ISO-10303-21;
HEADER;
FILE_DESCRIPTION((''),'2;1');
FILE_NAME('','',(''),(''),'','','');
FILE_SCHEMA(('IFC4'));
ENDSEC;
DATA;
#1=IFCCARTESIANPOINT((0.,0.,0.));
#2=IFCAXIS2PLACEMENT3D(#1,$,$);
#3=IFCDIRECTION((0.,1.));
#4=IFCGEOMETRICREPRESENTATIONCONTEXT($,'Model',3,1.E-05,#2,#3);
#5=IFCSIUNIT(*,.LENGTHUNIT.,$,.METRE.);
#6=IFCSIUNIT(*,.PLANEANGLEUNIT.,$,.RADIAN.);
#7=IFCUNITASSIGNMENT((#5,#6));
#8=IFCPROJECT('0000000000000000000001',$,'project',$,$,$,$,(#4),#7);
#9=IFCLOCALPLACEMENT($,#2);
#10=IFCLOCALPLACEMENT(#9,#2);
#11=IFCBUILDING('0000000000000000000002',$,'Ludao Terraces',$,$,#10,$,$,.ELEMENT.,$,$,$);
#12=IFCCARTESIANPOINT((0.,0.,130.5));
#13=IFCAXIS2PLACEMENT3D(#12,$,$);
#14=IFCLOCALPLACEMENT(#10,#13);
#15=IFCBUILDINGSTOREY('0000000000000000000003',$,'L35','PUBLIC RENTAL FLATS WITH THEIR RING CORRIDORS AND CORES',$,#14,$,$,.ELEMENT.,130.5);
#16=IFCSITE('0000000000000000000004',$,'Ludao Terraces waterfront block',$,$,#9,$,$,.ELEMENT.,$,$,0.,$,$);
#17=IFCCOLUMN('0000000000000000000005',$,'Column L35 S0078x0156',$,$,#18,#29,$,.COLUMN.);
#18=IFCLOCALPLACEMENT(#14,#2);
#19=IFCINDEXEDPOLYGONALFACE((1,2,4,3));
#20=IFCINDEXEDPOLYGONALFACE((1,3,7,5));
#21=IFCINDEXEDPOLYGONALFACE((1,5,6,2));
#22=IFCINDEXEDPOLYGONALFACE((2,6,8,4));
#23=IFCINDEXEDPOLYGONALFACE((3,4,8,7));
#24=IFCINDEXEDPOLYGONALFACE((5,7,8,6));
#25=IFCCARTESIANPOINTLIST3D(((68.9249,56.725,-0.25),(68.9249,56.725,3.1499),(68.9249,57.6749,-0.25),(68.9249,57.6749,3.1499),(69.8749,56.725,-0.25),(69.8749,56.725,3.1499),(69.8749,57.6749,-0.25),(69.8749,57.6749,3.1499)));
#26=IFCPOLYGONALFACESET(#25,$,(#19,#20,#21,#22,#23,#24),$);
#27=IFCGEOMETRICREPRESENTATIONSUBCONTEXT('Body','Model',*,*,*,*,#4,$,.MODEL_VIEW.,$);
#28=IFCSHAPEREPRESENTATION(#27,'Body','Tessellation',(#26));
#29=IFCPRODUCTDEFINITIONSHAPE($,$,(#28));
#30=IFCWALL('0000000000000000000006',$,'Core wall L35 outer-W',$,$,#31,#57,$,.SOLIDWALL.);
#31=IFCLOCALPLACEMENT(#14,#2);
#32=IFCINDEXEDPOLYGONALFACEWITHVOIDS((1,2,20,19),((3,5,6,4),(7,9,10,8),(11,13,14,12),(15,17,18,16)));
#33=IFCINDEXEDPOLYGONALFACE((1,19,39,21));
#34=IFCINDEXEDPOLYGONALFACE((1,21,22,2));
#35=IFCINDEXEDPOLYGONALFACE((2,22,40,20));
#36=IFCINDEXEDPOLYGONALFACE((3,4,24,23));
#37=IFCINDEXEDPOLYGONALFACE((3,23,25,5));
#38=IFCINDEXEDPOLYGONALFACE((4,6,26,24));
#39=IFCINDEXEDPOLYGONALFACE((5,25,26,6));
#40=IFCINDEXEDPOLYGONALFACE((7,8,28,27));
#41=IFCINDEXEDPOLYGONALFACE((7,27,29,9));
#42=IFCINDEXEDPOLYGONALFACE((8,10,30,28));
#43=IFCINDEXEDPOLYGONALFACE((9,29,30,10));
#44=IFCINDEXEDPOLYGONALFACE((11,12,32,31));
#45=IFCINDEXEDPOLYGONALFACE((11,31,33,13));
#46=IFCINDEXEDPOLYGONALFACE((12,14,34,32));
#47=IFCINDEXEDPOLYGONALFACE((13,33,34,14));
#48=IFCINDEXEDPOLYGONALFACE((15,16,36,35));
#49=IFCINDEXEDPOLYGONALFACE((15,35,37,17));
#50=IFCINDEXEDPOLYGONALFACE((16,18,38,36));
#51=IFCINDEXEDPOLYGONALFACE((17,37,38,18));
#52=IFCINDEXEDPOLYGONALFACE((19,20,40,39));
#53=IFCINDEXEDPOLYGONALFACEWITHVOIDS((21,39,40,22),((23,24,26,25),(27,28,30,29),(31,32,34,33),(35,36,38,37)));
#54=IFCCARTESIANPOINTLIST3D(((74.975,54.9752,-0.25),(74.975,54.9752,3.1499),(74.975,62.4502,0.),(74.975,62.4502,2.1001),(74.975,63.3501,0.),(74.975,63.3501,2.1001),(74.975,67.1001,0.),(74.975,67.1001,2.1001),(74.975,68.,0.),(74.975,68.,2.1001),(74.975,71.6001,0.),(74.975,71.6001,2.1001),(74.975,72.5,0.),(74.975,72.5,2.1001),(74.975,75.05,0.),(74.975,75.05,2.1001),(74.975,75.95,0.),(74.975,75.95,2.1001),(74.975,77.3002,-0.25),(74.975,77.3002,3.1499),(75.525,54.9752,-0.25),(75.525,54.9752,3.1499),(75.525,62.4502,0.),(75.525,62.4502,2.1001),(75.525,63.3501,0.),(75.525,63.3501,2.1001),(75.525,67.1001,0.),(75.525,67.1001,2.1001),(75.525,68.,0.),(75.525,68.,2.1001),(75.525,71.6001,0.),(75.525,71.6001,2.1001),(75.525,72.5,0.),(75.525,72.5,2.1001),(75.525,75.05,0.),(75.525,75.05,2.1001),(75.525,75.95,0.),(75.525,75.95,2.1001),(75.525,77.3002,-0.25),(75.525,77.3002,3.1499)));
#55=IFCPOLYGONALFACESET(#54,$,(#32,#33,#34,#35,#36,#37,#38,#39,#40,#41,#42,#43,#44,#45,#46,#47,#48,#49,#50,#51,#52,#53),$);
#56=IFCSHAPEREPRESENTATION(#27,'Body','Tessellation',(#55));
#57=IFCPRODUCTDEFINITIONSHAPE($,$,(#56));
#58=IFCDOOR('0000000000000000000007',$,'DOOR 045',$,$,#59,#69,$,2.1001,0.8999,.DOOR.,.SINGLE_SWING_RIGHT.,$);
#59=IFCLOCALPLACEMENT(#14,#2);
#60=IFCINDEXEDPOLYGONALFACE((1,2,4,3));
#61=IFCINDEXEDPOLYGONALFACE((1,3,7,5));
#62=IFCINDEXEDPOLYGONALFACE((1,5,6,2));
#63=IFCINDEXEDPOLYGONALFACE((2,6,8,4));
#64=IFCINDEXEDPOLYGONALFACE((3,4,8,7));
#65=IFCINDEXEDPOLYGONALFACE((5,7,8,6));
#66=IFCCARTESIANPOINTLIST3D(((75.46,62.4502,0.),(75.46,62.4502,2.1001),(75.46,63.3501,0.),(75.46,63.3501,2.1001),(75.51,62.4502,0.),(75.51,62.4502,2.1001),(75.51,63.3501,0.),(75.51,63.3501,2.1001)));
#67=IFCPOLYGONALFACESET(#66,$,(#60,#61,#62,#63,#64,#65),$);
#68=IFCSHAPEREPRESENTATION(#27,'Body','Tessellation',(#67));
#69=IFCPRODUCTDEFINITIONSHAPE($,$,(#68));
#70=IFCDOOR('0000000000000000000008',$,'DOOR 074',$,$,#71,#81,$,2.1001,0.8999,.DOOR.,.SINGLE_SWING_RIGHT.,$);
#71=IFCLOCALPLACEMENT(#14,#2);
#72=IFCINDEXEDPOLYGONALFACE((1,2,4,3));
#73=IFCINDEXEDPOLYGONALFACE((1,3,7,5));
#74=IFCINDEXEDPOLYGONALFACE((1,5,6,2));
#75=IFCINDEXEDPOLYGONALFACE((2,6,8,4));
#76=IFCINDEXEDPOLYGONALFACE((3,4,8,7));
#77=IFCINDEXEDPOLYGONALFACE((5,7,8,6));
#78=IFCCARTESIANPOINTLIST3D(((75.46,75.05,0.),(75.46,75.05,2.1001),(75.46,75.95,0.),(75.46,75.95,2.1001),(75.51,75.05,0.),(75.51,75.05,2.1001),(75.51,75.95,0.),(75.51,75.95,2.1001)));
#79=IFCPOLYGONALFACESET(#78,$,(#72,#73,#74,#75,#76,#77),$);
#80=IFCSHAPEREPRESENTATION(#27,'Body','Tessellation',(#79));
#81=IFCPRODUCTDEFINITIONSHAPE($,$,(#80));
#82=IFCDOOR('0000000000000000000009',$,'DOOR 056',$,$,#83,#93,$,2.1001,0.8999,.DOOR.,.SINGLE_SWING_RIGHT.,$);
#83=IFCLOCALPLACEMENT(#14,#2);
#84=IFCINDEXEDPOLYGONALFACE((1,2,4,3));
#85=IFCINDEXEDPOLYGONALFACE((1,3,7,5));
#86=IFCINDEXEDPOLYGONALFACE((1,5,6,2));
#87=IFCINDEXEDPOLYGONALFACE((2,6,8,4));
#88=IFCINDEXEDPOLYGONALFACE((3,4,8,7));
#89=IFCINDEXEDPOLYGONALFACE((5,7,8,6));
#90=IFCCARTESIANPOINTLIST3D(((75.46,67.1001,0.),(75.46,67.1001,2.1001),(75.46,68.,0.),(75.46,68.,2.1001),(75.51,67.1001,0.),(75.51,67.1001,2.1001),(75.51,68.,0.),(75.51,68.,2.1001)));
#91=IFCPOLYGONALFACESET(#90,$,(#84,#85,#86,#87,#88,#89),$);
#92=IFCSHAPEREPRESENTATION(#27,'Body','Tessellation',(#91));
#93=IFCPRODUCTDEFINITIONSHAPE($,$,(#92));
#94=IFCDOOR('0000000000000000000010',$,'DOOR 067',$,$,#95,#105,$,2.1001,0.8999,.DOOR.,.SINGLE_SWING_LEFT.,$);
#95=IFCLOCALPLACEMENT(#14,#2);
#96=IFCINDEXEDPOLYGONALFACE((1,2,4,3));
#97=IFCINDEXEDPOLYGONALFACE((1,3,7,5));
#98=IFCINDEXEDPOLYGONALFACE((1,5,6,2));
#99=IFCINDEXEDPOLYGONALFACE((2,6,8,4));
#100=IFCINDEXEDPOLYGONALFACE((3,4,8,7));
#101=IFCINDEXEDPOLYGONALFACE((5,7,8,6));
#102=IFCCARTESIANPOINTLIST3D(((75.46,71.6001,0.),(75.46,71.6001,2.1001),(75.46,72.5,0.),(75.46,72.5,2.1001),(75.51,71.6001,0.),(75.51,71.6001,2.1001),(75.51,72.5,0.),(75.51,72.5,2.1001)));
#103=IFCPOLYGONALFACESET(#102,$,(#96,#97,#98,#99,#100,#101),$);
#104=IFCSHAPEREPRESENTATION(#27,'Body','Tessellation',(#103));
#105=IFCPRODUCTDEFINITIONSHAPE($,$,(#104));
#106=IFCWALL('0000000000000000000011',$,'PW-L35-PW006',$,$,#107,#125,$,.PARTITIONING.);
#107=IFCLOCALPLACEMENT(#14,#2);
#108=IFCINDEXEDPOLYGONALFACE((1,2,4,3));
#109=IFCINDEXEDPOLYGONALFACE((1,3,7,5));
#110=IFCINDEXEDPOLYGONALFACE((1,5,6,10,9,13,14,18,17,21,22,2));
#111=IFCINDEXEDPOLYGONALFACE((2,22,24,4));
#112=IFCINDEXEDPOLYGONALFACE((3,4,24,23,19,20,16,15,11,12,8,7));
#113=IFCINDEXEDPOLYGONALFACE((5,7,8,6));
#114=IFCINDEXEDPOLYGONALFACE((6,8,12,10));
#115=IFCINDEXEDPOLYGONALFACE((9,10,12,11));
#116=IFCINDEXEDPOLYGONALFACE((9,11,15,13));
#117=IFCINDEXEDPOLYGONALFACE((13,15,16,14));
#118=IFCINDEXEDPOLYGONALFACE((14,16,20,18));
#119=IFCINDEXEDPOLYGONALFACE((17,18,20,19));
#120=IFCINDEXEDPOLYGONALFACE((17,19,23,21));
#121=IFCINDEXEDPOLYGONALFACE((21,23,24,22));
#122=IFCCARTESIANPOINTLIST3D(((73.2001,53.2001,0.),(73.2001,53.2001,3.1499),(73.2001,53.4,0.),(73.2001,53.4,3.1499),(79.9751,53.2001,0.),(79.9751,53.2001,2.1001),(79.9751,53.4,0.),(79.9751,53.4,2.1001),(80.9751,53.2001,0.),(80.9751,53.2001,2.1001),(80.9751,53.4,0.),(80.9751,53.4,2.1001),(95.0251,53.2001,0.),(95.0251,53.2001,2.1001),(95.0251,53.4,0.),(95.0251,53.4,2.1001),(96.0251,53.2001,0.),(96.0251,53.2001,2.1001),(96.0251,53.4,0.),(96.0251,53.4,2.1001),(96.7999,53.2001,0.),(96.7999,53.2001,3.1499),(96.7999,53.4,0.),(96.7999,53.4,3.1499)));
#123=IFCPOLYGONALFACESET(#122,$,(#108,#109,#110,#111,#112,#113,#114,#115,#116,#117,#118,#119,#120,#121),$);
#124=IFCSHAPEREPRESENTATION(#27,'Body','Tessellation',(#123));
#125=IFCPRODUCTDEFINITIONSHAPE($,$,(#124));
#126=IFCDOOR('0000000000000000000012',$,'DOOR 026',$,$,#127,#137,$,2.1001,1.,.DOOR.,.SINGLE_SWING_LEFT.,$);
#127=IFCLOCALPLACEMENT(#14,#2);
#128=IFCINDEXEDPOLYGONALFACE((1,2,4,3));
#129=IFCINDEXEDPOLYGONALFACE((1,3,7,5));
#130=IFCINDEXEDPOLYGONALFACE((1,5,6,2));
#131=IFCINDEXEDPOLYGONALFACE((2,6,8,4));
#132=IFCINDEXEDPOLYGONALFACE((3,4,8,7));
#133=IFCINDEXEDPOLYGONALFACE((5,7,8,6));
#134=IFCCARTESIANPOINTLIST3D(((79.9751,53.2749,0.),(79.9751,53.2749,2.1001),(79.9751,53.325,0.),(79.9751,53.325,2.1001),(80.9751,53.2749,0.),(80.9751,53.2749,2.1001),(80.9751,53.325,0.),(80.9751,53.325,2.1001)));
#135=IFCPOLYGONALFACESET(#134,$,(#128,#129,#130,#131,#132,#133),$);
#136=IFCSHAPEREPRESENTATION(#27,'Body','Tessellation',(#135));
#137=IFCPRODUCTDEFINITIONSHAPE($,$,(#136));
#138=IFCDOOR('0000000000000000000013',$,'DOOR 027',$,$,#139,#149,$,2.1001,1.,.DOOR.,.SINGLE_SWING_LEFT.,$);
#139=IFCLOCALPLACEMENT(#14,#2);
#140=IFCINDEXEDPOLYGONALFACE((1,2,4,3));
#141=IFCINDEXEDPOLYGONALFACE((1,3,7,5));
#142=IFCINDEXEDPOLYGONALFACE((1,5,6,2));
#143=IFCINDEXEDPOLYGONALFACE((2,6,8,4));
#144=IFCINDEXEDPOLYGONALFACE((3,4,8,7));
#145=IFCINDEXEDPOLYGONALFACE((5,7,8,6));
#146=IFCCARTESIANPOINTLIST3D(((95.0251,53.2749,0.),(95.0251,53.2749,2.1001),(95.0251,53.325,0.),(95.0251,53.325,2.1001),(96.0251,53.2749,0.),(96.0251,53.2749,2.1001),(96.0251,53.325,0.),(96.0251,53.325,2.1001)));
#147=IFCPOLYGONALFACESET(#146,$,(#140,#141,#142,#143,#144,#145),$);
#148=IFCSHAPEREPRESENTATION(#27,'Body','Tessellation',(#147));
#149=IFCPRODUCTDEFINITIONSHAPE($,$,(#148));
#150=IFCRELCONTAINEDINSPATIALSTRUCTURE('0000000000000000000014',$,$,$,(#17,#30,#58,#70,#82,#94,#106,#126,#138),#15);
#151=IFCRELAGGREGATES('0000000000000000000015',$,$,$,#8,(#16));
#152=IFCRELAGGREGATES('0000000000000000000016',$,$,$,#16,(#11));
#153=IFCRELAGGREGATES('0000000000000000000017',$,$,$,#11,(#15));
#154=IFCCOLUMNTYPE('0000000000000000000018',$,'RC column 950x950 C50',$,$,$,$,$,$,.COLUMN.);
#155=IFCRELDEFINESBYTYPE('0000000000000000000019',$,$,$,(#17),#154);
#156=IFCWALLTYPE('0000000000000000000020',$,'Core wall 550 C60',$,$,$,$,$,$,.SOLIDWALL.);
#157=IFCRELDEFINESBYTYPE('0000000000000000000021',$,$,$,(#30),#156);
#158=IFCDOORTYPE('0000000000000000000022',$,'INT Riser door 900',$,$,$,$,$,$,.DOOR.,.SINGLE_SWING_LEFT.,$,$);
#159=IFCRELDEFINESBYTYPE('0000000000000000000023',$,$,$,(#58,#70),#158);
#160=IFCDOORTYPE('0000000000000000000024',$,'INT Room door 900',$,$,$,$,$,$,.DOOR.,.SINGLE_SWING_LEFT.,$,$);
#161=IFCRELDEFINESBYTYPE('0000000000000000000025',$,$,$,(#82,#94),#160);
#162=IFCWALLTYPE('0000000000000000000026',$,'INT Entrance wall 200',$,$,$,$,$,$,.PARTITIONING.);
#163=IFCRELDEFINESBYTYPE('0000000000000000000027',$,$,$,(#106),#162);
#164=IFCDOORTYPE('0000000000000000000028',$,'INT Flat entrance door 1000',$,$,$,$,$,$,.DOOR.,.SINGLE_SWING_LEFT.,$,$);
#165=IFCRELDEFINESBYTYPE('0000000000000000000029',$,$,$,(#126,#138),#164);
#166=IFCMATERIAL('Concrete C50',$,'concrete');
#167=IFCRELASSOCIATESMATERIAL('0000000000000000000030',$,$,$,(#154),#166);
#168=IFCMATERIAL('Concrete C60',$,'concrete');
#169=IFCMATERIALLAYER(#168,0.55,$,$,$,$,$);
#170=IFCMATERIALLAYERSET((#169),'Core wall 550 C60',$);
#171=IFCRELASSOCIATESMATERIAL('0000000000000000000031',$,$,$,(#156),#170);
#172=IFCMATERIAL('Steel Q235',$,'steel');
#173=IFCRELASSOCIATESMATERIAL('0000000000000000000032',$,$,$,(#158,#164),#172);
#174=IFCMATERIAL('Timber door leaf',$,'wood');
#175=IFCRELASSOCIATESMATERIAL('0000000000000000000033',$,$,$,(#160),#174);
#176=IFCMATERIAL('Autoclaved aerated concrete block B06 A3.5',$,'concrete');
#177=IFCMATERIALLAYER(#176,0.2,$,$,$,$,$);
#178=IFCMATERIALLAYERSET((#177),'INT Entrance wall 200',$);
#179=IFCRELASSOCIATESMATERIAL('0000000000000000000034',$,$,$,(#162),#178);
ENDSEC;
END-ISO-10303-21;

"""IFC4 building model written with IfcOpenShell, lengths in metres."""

from ifc_helpers import new_model, si_unit, direction, frame, frame_2d, origin, origin_2d, place, context, subcontext, project, spatial, rectangle, extrude, material, layer, layer_set, material_profile, profile_set, type_object, element, fill, save


model = new_model("IFC4")

# Units and contexts
model_context = context("Model", 3, precision=1e-05, world=origin(), true_north=direction((0.0, 1.0)))
body_context = subcontext(model_context, "Body", "Model", "MODEL_VIEW")
ifc_project = project(units=[si_unit("LENGTHUNIT", "METRE"), si_unit("PLANEANGLEUNIT", "RADIAN")], contexts=[model_context])

# Site, building, storey
site_placement = place(None, origin())
site = spatial("IfcSite", under=ifc_project, at=site_placement, Name="Ludao Terraces waterfront block", CompositionType="ELEMENT", RefElevation=0.0)
building_placement = place(site_placement, origin())
building = spatial("IfcBuilding", under=site, at=building_placement, Name="Ludao Terraces", CompositionType="ELEMENT")
storey_placement = place(building_placement, frame((0.0, 0.0, 130.5)))
storey = spatial("IfcBuildingStorey", under=building, at=storey_placement, Name="L35", Description="PUBLIC RENTAL FLATS WITH THEIR RING CORRIDORS AND CORES", CompositionType="ELEMENT", Elevation=130.5)

# Column
ifc_material_1 = material(Name="Concrete C50", Category="concrete")
ifc_material_profile = material_profile(ifc_material_1, rectangle(XDim=0.95, YDim=0.95, at=origin_2d()), Name="950 X 950")
ifc_profile_set = profile_set([ifc_material_profile], Name="Concrete C50")
column_type = type_object("IfcColumnType", Name="RC column 950x950 C50", PredefinedType="COLUMN", material=ifc_profile_set)
column_placement = place(storey_placement, frame((69.3999, 57.2, -0.25), z_axis=(0.0, 0.0, 1.0), x_axis=(1.0, 0.0, 0.0)))
element("IfcColumn", 1, at=column_placement, inside=storey, type_object=column_type, Name="Column L35 S0078x0156", PredefinedType="COLUMN", context=body_context, shape_type="SweptSolid", body=[
    extrude(rectangle(XDim=0.95, YDim=0.95, at=origin_2d()), origin(), (0.0, 0.0, 1.0), 3.3999),
])

# Walls, openings, doors
ifc_material_2 = material(Name="Concrete C60", Category="concrete")
ifc_layer_1 = layer(ifc_material_2, 0.55)
ifc_layer_set_1 = layer_set([ifc_layer_1], Name="Core wall 550 C60")
wall_type_1 = type_object("IfcWallType", Name="Core wall 550 C60", PredefinedType="SOLIDWALL", material=ifc_layer_set_1)
wall_1_placement = place(storey_placement, frame((75.25, 54.9751, -0.25), z_axis=(0.0, 0.0, 1.0), x_axis=(0.0, 1.0, 0.0)))
wall_1 = element("IfcWall", 2, at=wall_1_placement, inside=storey, type_object=wall_type_1, Name="Core wall L35 outer-W", PredefinedType="SOLIDWALL", context=body_context, shape_type="SweptSolid", body=[
    extrude(rectangle(XDim=22.325, YDim=0.55, at=frame_2d((11.1626, 0.0))), origin(), (0.0, 0.0, 1.0), 3.3999),
])
opening_1_placement = place(wall_1_placement, frame((7.4751, 0.0, 0.25)))
opening_1 = element("IfcOpeningElement", 3, at=opening_1_placement, cuts=wall_1, PredefinedType="OPENING", context=body_context, shape_type="SweptSolid", body=[
    extrude(rectangle(XDim=0.8999, YDim=2.1001, at=frame_2d((0.45, 1.05))), frame((0.0, 0.2852, 0.0), z_axis=(0.0, -1.0, 0.0), x_axis=(1.0, 0.0, 0.0)), (0.0, 0.0, 1.0), 0.5701),
])
opening_2_placement = place(wall_1_placement, frame((12.125, 0.0, 0.25)))
opening_2 = element("IfcOpeningElement", 4, at=opening_2_placement, cuts=wall_1, PredefinedType="OPENING", context=body_context, shape_type="SweptSolid", body=[
    extrude(rectangle(XDim=0.8999, YDim=2.1001, at=frame_2d((0.45, 1.05))), frame((0.0, 0.2852, 0.0), z_axis=(0.0, -1.0, 0.0), x_axis=(1.0, 0.0, 0.0)), (0.0, 0.0, 1.0), 0.5701),
])
opening_3_placement = place(wall_1_placement, frame((16.625, 0.0, 0.25)))
opening_3 = element("IfcOpeningElement", 5, at=opening_3_placement, cuts=wall_1, PredefinedType="OPENING", context=body_context, shape_type="SweptSolid", body=[
    extrude(rectangle(XDim=0.8999, YDim=2.1001, at=frame_2d((0.45, 1.05))), frame((0.0, 0.2852, 0.0), z_axis=(0.0, -1.0, 0.0), x_axis=(1.0, 0.0, 0.0)), (0.0, 0.0, 1.0), 0.5701),
])
opening_4_placement = place(wall_1_placement, frame((20.075, 0.0, 0.25)))
opening_4 = element("IfcOpeningElement", 6, at=opening_4_placement, cuts=wall_1, PredefinedType="OPENING", context=body_context, shape_type="SweptSolid", body=[
    extrude(rectangle(XDim=0.8999, YDim=2.1001, at=frame_2d((0.45, 1.05))), frame((0.0, 0.2852, 0.0), z_axis=(0.0, -1.0, 0.0), x_axis=(1.0, 0.0, 0.0)), (0.0, 0.0, 1.0), 0.5701),
])
ifc_material_3 = material(Name="Steel Q235", Category="steel")
door_type_1 = type_object("IfcDoorType", Name="INT Riser door 900", OperationType="SINGLE_SWING_LEFT", PredefinedType="DOOR", material=ifc_material_3)
door_1_placement = place(opening_1_placement, origin())
door_1 = element("IfcDoor", 7, at=door_1_placement, inside=storey, type_object=door_type_1, Name="DOOR 045", OperationType="SINGLE_SWING_RIGHT", OverallHeight=2.1001, OverallWidth=0.8999, PredefinedType="DOOR", context=body_context, shape_type="SweptSolid", body=[
    extrude(rectangle(XDim=0.8999, YDim=2.1001, at=frame_2d((0.45, 1.05))), frame((0.0, -0.21, 0.0), z_axis=(0.0, -1.0, 0.0), x_axis=(1.0, 0.0, 0.0)), (0.0, 0.0, 1.0), 0.05),
])
fill(opening_1, door_1)
door_2_placement = place(opening_4_placement, origin())
door_2 = element("IfcDoor", 8, at=door_2_placement, inside=storey, type_object=door_type_1, Name="DOOR 074", OperationType="SINGLE_SWING_RIGHT", OverallHeight=2.1001, OverallWidth=0.8999, PredefinedType="DOOR", context=body_context, shape_type="SweptSolid", body=[
    extrude(rectangle(XDim=0.8999, YDim=2.1001, at=frame_2d((0.45, 1.05))), frame((0.0, -0.21, 0.0), z_axis=(0.0, -1.0, 0.0), x_axis=(1.0, 0.0, 0.0)), (0.0, 0.0, 1.0), 0.05),
])
fill(opening_4, door_2)
ifc_material_4 = material(Name="Timber door leaf", Category="wood")
door_type_2 = type_object("IfcDoorType", Name="INT Room door 900", OperationType="SINGLE_SWING_LEFT", PredefinedType="DOOR", material=ifc_material_4)
door_3_placement = place(opening_2_placement, origin())
door_3 = element("IfcDoor", 9, at=door_3_placement, inside=storey, type_object=door_type_2, Name="DOOR 056", OperationType="SINGLE_SWING_RIGHT", OverallHeight=2.1001, OverallWidth=0.8999, PredefinedType="DOOR", context=body_context, shape_type="SweptSolid", body=[
    extrude(rectangle(XDim=0.8999, YDim=2.1001, at=frame_2d((0.45, 1.05))), frame((0.0, -0.21, 0.0), z_axis=(0.0, -1.0, 0.0), x_axis=(1.0, 0.0, 0.0)), (0.0, 0.0, 1.0), 0.05),
])
fill(opening_2, door_3)
door_4_placement = place(opening_3_placement, origin())
door_4 = element("IfcDoor", 10, at=door_4_placement, inside=storey, type_object=door_type_2, Name="DOOR 067", OperationType="SINGLE_SWING_LEFT", OverallHeight=2.1001, OverallWidth=0.8999, PredefinedType="DOOR", context=body_context, shape_type="SweptSolid", body=[
    extrude(rectangle(XDim=0.8999, YDim=2.1001, at=frame_2d((0.45, 1.05))), frame((0.0, -0.21, 0.0), z_axis=(0.0, -1.0, 0.0), x_axis=(1.0, 0.0, 0.0)), (0.0, 0.0, 1.0), 0.05),
])
fill(opening_3, door_4)
ifc_material_5 = material(Name="Autoclaved aerated concrete block B06 A3.5", Category="concrete")
ifc_layer_2 = layer(ifc_material_5, 0.2)
ifc_layer_set_2 = layer_set([ifc_layer_2], Name="INT Entrance wall 200")
wall_type_2 = type_object("IfcWallType", Name="INT Entrance wall 200", PredefinedType="PARTITIONING", material=ifc_layer_set_2)
wall_2_placement = place(storey_placement, frame((73.2002, 53.3, 0.0), z_axis=(0.0, 0.0, 1.0), x_axis=(1.0, 0.0, 0.0)))
wall_2 = element("IfcWall", 11, at=wall_2_placement, inside=storey, type_object=wall_type_2, Name="PW-L35-PW006", PredefinedType="PARTITIONING", context=body_context, shape_type="SweptSolid", body=[
    extrude(rectangle(XDim=23.5999, YDim=0.2, at=frame_2d((11.7998, 0.0))), origin(), (0.0, 0.0, 1.0), 3.1499),
])
opening_5_placement = place(wall_2_placement, frame((6.7749, 0.0, 0.0)))
opening_5 = element("IfcOpeningElement", 12, at=opening_5_placement, cuts=wall_2, PredefinedType="OPENING", context=body_context, shape_type="SweptSolid", body=[
    extrude(rectangle(XDim=1.0, YDim=2.1001, at=frame_2d((0.5, 1.05))), frame((0.0, 0.1099, 0.0), z_axis=(0.0, -1.0, 0.0), x_axis=(1.0, 0.0, 0.0)), (0.0, 0.0, 1.0), 0.22),
])
opening_6_placement = place(wall_2_placement, frame((21.825, 0.0, 0.0)))
opening_6 = element("IfcOpeningElement", 13, at=opening_6_placement, cuts=wall_2, PredefinedType="OPENING", context=body_context, shape_type="SweptSolid", body=[
    extrude(rectangle(XDim=1.0, YDim=2.1001, at=frame_2d((0.5, 1.05))), frame((0.0, 0.1099, 0.0), z_axis=(0.0, -1.0, 0.0), x_axis=(1.0, 0.0, 0.0)), (0.0, 0.0, 1.0), 0.22),
])
door_type_3 = type_object("IfcDoorType", Name="INT Flat entrance door 1000", OperationType="SINGLE_SWING_LEFT", PredefinedType="DOOR", material=ifc_material_3)
door_5_placement = place(opening_5_placement, origin())
door_5 = element("IfcDoor", 14, at=door_5_placement, inside=storey, type_object=door_type_3, Name="DOOR 026", OperationType="SINGLE_SWING_LEFT", OverallHeight=2.1001, OverallWidth=1.0, PredefinedType="DOOR", context=body_context, shape_type="SweptSolid", body=[
    extrude(rectangle(XDim=1.0, YDim=2.1001, at=frame_2d((0.5, 1.05))), frame((0.0, 0.0249, 0.0), z_axis=(0.0, -1.0, 0.0), x_axis=(1.0, 0.0, 0.0)), (0.0, 0.0, 1.0), 0.05),
])
fill(opening_5, door_5)
door_6_placement = place(opening_6_placement, origin())
door_6 = element("IfcDoor", 15, at=door_6_placement, inside=storey, type_object=door_type_3, Name="DOOR 027", OperationType="SINGLE_SWING_LEFT", OverallHeight=2.1001, OverallWidth=1.0, PredefinedType="DOOR", context=body_context, shape_type="SweptSolid", body=[
    extrude(rectangle(XDim=1.0, YDim=2.1001, at=frame_2d((0.5, 1.05))), frame((0.0, 0.0249, 0.0), z_axis=(0.0, -1.0, 0.0), x_axis=(1.0, 0.0, 0.0)), (0.0, 0.0, 1.0), 0.05),
])
fill(opening_6, door_6)

save(model, "model.ifc")
